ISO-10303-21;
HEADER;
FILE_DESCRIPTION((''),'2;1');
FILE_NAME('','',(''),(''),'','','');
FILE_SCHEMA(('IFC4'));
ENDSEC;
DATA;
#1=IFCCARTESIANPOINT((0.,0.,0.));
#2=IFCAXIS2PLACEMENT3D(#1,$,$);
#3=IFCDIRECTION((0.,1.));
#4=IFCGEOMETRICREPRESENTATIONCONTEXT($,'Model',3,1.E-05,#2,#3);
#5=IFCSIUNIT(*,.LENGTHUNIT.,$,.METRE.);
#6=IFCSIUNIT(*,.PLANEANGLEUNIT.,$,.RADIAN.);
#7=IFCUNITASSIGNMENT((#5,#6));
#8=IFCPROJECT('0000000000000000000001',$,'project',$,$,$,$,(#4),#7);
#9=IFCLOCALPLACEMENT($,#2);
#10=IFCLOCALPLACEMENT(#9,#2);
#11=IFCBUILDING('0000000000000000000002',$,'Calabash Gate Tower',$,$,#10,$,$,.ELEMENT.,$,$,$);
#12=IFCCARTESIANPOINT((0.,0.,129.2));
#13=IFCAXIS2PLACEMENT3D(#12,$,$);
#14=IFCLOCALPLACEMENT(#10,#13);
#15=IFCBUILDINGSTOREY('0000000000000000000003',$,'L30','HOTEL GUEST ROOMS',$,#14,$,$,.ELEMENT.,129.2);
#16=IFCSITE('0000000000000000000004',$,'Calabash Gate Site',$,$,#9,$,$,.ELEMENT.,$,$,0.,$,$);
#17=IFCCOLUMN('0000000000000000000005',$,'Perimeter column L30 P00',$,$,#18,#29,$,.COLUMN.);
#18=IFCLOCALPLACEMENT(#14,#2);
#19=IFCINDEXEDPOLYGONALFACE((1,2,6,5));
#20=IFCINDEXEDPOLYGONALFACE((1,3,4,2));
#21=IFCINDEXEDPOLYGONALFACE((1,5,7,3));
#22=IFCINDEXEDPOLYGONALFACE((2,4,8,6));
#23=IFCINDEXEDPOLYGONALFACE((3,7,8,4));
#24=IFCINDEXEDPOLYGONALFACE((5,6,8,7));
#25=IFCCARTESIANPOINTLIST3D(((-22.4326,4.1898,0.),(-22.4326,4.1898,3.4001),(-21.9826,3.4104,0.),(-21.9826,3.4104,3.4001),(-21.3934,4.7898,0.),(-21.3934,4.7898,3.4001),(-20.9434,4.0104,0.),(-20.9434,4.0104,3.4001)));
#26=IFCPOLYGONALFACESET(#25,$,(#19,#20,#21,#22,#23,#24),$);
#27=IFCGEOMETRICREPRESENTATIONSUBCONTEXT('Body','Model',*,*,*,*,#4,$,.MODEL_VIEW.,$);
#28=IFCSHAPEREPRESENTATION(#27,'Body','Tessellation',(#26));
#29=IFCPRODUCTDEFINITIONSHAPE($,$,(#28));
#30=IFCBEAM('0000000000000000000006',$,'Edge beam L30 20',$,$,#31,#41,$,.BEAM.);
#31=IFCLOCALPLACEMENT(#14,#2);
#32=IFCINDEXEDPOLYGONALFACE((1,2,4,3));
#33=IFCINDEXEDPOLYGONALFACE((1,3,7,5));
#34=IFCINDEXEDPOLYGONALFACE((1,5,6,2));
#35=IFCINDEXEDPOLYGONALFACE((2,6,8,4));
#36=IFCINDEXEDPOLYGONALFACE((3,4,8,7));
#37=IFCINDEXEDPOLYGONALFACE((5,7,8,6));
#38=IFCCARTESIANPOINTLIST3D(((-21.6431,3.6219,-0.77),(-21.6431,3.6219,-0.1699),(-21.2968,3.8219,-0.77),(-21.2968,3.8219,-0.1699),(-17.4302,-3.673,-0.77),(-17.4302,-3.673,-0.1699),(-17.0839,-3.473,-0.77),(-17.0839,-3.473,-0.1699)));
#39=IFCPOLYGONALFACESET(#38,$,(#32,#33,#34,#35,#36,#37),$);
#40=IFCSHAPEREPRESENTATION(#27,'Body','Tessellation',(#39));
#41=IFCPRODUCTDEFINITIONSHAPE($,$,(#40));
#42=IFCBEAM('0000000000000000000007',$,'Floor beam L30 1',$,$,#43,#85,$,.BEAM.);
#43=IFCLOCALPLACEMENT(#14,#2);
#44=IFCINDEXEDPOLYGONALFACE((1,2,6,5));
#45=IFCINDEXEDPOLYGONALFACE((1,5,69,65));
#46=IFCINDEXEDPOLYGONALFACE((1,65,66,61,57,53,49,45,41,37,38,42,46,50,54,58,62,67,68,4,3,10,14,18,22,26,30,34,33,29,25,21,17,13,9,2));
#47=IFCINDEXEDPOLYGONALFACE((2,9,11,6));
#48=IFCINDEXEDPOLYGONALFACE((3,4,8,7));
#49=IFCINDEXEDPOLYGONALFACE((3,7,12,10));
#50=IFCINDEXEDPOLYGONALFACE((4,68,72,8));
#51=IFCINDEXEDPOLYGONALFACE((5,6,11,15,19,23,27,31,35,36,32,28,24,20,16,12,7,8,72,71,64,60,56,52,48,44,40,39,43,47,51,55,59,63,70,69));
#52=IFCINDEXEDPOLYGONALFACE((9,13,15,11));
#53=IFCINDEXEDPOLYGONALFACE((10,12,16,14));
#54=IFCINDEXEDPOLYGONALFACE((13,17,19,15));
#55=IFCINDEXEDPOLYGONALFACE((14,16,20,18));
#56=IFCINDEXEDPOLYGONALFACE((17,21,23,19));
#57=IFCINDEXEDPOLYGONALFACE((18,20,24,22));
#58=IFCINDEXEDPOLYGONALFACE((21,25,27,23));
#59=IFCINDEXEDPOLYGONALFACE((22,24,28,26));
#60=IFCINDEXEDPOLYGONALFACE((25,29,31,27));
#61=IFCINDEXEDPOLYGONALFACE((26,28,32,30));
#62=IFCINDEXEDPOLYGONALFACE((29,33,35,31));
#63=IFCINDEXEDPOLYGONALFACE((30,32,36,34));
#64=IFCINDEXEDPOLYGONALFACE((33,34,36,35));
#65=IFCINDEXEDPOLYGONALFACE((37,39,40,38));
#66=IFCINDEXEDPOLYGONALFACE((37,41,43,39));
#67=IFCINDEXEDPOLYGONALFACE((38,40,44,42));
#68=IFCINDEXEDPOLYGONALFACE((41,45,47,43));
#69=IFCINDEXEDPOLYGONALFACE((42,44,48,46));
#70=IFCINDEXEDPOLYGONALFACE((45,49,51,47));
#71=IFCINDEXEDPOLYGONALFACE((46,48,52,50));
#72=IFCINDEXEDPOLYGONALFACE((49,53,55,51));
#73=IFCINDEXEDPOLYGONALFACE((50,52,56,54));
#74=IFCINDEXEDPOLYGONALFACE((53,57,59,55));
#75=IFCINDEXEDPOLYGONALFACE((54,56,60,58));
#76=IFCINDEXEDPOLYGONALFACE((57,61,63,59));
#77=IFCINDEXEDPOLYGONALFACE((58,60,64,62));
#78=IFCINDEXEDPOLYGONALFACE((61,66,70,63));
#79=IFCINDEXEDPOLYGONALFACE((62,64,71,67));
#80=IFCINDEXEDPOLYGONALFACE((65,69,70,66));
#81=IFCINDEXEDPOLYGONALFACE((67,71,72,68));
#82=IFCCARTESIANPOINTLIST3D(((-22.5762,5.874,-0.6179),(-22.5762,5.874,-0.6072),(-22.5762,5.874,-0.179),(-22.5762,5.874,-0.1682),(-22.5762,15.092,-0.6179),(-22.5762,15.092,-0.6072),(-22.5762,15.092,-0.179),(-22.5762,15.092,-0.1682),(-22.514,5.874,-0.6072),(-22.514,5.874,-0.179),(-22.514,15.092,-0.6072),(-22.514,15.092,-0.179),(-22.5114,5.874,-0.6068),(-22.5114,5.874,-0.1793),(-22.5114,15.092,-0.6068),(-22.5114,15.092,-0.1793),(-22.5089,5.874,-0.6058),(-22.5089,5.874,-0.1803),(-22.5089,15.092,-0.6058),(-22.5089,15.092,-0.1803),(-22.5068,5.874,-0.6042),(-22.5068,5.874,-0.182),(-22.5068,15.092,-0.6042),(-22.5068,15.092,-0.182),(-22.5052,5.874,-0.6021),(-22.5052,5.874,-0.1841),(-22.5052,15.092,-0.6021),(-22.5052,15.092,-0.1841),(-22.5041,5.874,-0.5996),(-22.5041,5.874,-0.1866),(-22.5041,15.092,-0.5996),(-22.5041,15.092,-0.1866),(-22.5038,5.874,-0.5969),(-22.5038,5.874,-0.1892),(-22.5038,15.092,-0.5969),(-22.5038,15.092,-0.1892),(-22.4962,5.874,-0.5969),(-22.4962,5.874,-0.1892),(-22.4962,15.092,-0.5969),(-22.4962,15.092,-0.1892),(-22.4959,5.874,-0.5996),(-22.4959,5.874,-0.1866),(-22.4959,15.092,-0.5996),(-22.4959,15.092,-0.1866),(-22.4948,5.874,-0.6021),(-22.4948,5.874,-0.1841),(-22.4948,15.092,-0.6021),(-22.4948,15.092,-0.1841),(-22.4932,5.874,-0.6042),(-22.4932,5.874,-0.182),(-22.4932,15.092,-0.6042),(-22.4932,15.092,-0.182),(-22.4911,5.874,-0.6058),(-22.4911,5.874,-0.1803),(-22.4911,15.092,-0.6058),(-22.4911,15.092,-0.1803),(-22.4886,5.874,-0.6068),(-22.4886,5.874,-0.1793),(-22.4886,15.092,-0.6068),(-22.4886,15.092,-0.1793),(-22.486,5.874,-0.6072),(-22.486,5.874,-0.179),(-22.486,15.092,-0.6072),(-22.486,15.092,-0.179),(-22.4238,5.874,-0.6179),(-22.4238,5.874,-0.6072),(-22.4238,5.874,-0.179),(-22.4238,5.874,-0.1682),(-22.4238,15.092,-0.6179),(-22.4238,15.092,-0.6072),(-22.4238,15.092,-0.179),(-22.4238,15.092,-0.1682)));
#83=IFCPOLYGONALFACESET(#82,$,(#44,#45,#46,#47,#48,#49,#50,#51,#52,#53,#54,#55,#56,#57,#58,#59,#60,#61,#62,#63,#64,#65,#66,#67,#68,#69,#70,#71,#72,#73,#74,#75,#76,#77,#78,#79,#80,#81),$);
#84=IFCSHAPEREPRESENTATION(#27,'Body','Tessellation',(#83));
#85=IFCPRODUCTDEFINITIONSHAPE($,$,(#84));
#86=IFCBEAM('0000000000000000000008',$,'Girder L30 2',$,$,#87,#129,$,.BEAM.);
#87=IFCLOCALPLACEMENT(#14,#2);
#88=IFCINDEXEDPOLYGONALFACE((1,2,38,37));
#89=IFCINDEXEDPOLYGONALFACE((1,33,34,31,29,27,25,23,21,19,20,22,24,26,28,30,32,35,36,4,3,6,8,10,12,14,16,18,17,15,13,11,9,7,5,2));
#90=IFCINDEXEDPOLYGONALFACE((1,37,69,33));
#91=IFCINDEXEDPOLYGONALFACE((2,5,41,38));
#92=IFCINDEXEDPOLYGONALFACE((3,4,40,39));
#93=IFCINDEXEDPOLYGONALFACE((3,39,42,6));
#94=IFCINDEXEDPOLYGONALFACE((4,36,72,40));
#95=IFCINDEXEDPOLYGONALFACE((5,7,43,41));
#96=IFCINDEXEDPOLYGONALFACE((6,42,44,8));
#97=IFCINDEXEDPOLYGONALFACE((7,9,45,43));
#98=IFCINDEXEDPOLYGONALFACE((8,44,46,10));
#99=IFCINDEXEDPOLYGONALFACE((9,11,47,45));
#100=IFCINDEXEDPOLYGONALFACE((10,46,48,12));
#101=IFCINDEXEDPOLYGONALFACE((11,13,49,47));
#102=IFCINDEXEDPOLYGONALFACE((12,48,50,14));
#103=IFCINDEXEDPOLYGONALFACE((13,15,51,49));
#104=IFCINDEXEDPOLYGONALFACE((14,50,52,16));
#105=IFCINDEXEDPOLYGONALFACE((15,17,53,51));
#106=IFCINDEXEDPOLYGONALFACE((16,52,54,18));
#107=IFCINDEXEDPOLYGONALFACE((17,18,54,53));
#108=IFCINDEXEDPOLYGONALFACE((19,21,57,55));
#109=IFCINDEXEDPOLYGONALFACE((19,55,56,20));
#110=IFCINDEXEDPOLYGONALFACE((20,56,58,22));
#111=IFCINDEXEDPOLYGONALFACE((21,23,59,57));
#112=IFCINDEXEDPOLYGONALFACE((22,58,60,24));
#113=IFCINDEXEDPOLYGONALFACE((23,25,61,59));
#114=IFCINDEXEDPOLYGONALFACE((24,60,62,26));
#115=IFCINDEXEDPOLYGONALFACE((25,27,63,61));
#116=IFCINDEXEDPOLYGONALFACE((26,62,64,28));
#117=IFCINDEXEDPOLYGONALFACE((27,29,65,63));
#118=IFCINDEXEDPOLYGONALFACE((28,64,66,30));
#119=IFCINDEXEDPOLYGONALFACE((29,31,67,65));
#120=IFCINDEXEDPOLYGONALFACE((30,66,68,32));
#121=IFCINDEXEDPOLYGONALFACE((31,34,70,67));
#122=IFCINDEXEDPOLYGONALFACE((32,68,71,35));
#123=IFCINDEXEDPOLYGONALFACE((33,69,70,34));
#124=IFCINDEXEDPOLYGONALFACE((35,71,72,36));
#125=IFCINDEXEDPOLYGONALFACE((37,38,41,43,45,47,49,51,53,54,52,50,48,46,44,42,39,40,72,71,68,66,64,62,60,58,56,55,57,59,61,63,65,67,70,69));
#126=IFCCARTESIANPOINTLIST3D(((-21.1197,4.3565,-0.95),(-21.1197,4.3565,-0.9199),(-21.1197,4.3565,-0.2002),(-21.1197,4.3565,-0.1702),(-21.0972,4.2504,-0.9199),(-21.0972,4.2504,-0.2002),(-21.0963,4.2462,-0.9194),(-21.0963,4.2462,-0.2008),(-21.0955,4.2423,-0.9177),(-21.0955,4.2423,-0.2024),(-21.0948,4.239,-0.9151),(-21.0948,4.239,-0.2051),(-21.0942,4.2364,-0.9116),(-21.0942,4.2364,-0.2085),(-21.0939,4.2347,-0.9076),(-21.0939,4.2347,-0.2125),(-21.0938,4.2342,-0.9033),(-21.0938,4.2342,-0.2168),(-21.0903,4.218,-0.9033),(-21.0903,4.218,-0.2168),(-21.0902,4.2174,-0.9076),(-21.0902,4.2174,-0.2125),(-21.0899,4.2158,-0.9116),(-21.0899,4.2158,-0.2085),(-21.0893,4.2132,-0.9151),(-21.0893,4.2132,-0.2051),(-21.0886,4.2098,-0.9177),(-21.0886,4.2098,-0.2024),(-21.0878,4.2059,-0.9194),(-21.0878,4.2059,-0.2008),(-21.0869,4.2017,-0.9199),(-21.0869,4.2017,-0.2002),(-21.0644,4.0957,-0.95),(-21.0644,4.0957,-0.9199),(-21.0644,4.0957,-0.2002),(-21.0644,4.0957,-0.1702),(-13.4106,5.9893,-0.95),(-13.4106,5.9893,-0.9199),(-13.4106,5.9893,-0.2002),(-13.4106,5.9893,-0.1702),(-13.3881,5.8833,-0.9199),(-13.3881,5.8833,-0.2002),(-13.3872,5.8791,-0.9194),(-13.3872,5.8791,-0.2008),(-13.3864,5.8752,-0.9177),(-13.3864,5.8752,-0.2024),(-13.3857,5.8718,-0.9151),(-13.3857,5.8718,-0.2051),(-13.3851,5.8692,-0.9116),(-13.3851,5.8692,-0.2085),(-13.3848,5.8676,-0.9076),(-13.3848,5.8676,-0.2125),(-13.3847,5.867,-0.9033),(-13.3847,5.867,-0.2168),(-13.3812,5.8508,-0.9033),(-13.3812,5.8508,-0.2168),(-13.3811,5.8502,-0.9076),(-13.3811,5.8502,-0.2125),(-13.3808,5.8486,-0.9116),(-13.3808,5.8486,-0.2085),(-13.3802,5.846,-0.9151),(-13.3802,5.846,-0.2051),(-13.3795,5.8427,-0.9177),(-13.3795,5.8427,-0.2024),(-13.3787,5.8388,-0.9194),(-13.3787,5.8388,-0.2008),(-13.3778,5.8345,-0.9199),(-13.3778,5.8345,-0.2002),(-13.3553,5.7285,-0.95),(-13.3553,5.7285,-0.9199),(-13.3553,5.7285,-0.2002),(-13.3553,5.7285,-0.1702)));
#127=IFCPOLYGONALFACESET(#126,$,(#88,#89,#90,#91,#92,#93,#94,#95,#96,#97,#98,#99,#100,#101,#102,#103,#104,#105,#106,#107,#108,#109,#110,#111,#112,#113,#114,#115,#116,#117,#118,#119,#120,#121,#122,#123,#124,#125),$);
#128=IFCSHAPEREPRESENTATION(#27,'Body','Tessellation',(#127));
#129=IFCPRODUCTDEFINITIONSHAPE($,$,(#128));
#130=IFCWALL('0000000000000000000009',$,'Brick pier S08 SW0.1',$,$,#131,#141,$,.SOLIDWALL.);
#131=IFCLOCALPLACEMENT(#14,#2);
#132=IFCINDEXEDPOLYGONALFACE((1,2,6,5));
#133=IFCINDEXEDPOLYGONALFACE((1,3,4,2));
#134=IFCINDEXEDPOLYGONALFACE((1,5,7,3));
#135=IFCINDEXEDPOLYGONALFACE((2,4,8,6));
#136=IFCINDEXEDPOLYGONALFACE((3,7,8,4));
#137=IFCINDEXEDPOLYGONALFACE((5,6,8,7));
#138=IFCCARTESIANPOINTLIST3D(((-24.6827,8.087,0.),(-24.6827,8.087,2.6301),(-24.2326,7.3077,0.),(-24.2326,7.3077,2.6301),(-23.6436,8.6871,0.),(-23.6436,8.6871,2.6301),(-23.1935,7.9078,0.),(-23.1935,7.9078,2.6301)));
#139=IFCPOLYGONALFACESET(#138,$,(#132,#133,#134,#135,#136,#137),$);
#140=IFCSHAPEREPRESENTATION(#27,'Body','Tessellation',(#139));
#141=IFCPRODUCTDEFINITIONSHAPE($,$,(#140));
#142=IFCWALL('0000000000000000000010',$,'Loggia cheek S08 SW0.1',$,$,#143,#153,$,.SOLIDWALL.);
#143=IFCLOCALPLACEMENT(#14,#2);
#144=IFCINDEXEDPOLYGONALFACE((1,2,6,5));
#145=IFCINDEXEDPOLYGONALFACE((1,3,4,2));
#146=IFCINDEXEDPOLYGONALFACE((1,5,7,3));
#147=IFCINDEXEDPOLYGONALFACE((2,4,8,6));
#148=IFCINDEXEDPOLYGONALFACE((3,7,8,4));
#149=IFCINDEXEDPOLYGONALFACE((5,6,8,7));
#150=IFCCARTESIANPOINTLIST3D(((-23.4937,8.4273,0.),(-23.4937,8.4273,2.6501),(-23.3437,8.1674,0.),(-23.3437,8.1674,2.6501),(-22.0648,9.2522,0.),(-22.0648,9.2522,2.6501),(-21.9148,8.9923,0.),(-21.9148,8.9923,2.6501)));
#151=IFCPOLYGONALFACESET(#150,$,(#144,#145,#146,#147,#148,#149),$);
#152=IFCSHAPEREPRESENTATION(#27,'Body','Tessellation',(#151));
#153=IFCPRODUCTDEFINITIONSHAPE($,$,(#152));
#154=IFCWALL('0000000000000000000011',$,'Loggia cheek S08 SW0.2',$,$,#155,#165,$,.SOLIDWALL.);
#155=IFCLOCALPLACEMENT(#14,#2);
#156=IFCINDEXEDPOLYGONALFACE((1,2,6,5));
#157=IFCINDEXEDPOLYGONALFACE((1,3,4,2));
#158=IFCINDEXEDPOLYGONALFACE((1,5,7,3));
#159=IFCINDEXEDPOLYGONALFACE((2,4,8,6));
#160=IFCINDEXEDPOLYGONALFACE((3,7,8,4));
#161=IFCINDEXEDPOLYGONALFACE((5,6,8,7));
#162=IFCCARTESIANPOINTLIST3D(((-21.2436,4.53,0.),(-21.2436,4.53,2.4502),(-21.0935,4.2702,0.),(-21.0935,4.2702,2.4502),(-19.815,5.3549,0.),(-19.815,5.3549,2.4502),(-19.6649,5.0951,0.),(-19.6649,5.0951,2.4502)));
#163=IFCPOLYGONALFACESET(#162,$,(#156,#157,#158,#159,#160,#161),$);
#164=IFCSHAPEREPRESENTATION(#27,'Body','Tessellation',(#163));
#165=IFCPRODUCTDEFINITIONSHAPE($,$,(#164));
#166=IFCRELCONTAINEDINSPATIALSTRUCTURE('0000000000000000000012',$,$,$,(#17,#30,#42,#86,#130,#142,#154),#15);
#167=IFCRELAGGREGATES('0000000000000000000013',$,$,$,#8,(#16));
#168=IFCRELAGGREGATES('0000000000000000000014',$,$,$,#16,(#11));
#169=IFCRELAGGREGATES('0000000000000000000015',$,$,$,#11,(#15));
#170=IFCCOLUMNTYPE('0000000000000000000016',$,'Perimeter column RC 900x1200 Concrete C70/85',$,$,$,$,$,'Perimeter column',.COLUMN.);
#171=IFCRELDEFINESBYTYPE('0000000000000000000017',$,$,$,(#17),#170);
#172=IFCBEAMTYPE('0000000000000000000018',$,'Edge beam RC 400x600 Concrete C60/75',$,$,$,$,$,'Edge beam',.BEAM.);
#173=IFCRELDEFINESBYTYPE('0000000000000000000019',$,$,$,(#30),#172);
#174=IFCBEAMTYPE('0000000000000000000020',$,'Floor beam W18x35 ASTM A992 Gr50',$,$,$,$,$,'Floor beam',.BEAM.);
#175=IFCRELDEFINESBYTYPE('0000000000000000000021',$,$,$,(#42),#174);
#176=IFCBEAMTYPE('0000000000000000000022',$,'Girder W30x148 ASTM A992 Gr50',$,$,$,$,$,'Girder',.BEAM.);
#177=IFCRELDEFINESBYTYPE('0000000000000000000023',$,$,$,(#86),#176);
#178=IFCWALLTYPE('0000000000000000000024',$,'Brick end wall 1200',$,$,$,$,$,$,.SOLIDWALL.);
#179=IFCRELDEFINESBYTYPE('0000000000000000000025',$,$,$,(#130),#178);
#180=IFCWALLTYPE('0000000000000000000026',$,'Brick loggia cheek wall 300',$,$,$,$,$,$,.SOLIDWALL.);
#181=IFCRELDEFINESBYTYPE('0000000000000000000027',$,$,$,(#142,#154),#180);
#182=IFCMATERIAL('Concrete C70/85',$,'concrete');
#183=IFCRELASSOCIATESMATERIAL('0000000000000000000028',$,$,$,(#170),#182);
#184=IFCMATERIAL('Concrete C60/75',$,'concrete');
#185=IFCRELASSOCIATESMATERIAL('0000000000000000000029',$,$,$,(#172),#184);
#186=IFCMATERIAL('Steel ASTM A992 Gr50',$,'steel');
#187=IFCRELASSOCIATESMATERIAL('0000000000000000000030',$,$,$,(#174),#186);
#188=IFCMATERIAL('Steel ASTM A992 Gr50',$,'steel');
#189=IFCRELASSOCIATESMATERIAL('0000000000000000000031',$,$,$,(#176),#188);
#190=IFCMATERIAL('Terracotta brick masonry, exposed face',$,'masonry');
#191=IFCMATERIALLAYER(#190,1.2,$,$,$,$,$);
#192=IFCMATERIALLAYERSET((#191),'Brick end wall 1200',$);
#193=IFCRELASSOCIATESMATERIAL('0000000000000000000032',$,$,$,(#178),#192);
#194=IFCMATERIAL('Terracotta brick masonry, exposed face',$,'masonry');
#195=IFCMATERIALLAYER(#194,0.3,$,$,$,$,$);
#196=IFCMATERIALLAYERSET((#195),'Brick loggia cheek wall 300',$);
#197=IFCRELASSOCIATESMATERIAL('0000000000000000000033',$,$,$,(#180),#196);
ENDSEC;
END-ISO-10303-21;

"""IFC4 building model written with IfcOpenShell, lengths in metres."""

from ifc_helpers import new_model, si_unit, direction, frame, frame_2d, origin, origin_2d, place, context, subcontext, project, spatial, rectangle, i_section, extrude, material, layer, layer_set, material_profile, profile_set, type_object, element, save


model = new_model("IFC4")

# Units and contexts
model_context = context("Model", 3, precision=1e-05, world=origin(), true_north=direction((0.0, 1.0)))
body_context = subcontext(model_context, "Body", "Model", "MODEL_VIEW")
ifc_project = project(units=[si_unit("LENGTHUNIT", "METRE"), si_unit("PLANEANGLEUNIT", "RADIAN")], contexts=[model_context])

# Site, building, storey
site_placement = place(None, origin())
site = spatial("IfcSite", under=ifc_project, at=site_placement, Name="Calabash Gate Site", CompositionType="ELEMENT", RefElevation=0.0)
building_placement = place(site_placement, origin())
building = spatial("IfcBuilding", under=site, at=building_placement, Name="Calabash Gate Tower", CompositionType="ELEMENT")
storey_placement = place(building_placement, frame((0.0, 0.0, 129.2)))
storey = spatial("IfcBuildingStorey", under=building, at=storey_placement, Name="L30", Description="HOTEL GUEST ROOMS", CompositionType="ELEMENT", Elevation=129.2)

# Column
ifc_material_1 = material(Name="Concrete C70/85", Category="concrete")
ifc_material_profile_1 = material_profile(ifc_material_1, rectangle(XDim=0.8999, YDim=1.2, at=origin_2d()))
ifc_profile_set_1 = profile_set([ifc_material_profile_1], Name="Concrete C70/85")
column_type = type_object("IfcColumnType", Name="Perimeter column RC 900x1200 Concrete C70/85", ElementType="Perimeter column", PredefinedType="COLUMN", material=ifc_profile_set_1)
column_placement = place(storey_placement, frame((-21.688, 4.1001, 0.0), z_axis=(0.0, 0.0, 1.0), x_axis=(0.5, -0.866025, 0.0)))
element("IfcColumn", 1, at=column_placement, inside=storey, type_object=column_type, Name="Perimeter column L30 P00", PredefinedType="COLUMN", context=body_context, shape_type="SweptSolid", body=[
    extrude(rectangle(XDim=0.8999, YDim=1.2, at=origin_2d()), origin(), (0.0, 0.0, 1.0), 3.4001),
])

# Beams
ifc_material_2 = material(Name="Concrete C60/75", Category="concrete")
ifc_material_profile_2 = material_profile(ifc_material_2, rectangle(XDim=0.3999, YDim=0.6001, at=origin_2d()))
ifc_profile_set_2 = profile_set([ifc_material_profile_2], Name="Concrete C60/75")
beam_type_1 = type_object("IfcBeamType", Name="Edge beam RC 400x600 Concrete C60/75", ElementType="Edge beam", PredefinedType="BEAM", material=ifc_profile_set_2)
beam_1_placement = place(storey_placement, frame((-21.47, 3.7219, -0.47), z_axis=(0.500104, -0.865965, 0.0), x_axis=(0.865965, 0.500104, 0.0)))
element("IfcBeam", 2, at=beam_1_placement, inside=storey, type_object=beam_type_1, Name="Edge beam L30 20", PredefinedType="BEAM", context=body_context, shape_type="SweptSolid", body=[
    extrude(rectangle(XDim=0.3999, YDim=0.6001, at=origin_2d()), origin(), (0.0, 0.0, 1.0), 8.4241),
])
ifc_material_3 = material(Name="Steel ASTM A992 Gr50", Category="steel")
ifc_material_profile_3 = material_profile(ifc_material_3, i_section(OverallWidth=0.1523, OverallDepth=0.4497, WebThickness=0.0076, FlangeThickness=0.0107, FilletRadius=0.0103, at=origin_2d()))
ifc_profile_set_3 = profile_set([ifc_material_profile_3], Name="Steel ASTM A992 Gr50")
beam_type_2 = type_object("IfcBeamType", Name="Floor beam W18x35 ASTM A992 Gr50", ElementType="Floor beam", PredefinedType="BEAM", material=ifc_profile_set_3)
beam_2_placement = place(storey_placement, frame((-22.5, 5.874, -0.3931), z_axis=(0.0, 1.0, 0.0), x_axis=(-1.0, 0.0, 0.0)))
element("IfcBeam", 3, at=beam_2_placement, inside=storey, type_object=beam_type_2, Name="Floor beam L30 1", PredefinedType="BEAM", context=body_context, shape_type="SweptSolid", body=[
    extrude(i_section(OverallWidth=0.1523, OverallDepth=0.4497, WebThickness=0.0076, FlangeThickness=0.0107, FilletRadius=0.0103, at=origin_2d()), origin(), (0.0, 0.0, 1.0), 9.218),
])
ifc_material_4 = material(Name="Steel ASTM A992 Gr50", Category="steel")
ifc_material_profile_4 = material_profile(ifc_material_4, i_section(OverallWidth=0.2666, OverallDepth=0.7798, WebThickness=0.0166, FlangeThickness=0.03, FilletRadius=0.0166, at=origin_2d()))
ifc_profile_set_4 = profile_set([ifc_material_profile_4], Name="Steel ASTM A992 Gr50")
beam_type_3 = type_object("IfcBeamType", Name="Girder W30x148 ASTM A992 Gr50", ElementType="Girder", PredefinedType="BEAM", material=ifc_profile_set_4)
beam_3_placement = place(storey_placement, frame((-21.092, 4.2261, -0.5601), z_axis=(0.978297, 0.20721, 0.0), x_axis=(-0.20721, 0.978297, 0.0)))
element("IfcBeam", 4, at=beam_3_placement, inside=storey, type_object=beam_type_3, Name="Girder L30 2", PredefinedType="BEAM", context=body_context, shape_type="SweptSolid", body=[
    extrude(i_section(OverallWidth=0.2666, OverallDepth=0.7798, WebThickness=0.0166, FlangeThickness=0.03, FilletRadius=0.0166, at=origin_2d()), origin(), (0.0, 0.0, 1.0), 7.8801),
])

# Walls
ifc_material_5 = material(Name="Terracotta brick masonry, exposed face", Category="masonry")
ifc_layer_1 = layer(ifc_material_5, 1.2)
ifc_layer_set_1 = layer_set([ifc_layer_1], Name="Brick end wall 1200")
wall_type_1 = type_object("IfcWallType", Name="Brick end wall 1200", PredefinedType="SOLIDWALL", material=ifc_layer_set_1)
wall_1_placement = place(storey_placement, frame((-24.4578, 7.6973, 0.0), z_axis=(0.0, 0.0, 1.0), x_axis=(0.865955, 0.500122, 0.0)))
element("IfcWall", 5, at=wall_1_placement, inside=storey, type_object=wall_type_1, Name="Brick pier S08 SW0.1", PredefinedType="SOLIDWALL", context=body_context, shape_type="SweptSolid", body=[
    extrude(rectangle(XDim=1.2, YDim=0.8999, at=frame_2d((0.6001, 0.0))), origin(), (0.0, 0.0, 1.0), 2.6301),
])
ifc_material_6 = material(Name="Terracotta brick masonry, exposed face", Category="masonry")
ifc_layer_2 = layer(ifc_material_6, 0.3)
ifc_layer_set_2 = layer_set([ifc_layer_2], Name="Brick loggia cheek wall 300")
wall_type_2 = type_object("IfcWallType", Name="Brick loggia cheek wall 300", PredefinedType="SOLIDWALL", material=ifc_layer_set_2)
wall_2_placement = place(storey_placement, frame((-23.4187, 8.2974, 0.0), z_axis=(0.0, 0.0, 1.0), x_axis=(0.86604, 0.499974, 0.0)))
element("IfcWall", 6, at=wall_2_placement, inside=storey, type_object=wall_type_2, Name="Loggia cheek S08 SW0.1", PredefinedType="SOLIDWALL", context=body_context, shape_type="SweptSolid", body=[
    extrude(rectangle(XDim=1.6499, YDim=0.3, at=frame_2d((0.825, 0.0))), origin(), (0.0, 0.0, 1.0), 2.6501),
])
wall_3_placement = place(storey_placement, frame((-21.1685, 4.4001, 0.0), z_axis=(0.0, 0.0, 1.0), x_axis=(0.866003, 0.500038, 0.0)))
element("IfcWall", 7, at=wall_3_placement, inside=storey, type_object=wall_type_2, Name="Loggia cheek S08 SW0.2", PredefinedType="SOLIDWALL", context=body_context, shape_type="SweptSolid", body=[
    extrude(rectangle(XDim=1.6497, YDim=0.3, at=frame_2d((0.8247, 0.0))), origin(), (0.0, 0.0, 1.0), 2.4502),
])

save(model, "model.ifc")
